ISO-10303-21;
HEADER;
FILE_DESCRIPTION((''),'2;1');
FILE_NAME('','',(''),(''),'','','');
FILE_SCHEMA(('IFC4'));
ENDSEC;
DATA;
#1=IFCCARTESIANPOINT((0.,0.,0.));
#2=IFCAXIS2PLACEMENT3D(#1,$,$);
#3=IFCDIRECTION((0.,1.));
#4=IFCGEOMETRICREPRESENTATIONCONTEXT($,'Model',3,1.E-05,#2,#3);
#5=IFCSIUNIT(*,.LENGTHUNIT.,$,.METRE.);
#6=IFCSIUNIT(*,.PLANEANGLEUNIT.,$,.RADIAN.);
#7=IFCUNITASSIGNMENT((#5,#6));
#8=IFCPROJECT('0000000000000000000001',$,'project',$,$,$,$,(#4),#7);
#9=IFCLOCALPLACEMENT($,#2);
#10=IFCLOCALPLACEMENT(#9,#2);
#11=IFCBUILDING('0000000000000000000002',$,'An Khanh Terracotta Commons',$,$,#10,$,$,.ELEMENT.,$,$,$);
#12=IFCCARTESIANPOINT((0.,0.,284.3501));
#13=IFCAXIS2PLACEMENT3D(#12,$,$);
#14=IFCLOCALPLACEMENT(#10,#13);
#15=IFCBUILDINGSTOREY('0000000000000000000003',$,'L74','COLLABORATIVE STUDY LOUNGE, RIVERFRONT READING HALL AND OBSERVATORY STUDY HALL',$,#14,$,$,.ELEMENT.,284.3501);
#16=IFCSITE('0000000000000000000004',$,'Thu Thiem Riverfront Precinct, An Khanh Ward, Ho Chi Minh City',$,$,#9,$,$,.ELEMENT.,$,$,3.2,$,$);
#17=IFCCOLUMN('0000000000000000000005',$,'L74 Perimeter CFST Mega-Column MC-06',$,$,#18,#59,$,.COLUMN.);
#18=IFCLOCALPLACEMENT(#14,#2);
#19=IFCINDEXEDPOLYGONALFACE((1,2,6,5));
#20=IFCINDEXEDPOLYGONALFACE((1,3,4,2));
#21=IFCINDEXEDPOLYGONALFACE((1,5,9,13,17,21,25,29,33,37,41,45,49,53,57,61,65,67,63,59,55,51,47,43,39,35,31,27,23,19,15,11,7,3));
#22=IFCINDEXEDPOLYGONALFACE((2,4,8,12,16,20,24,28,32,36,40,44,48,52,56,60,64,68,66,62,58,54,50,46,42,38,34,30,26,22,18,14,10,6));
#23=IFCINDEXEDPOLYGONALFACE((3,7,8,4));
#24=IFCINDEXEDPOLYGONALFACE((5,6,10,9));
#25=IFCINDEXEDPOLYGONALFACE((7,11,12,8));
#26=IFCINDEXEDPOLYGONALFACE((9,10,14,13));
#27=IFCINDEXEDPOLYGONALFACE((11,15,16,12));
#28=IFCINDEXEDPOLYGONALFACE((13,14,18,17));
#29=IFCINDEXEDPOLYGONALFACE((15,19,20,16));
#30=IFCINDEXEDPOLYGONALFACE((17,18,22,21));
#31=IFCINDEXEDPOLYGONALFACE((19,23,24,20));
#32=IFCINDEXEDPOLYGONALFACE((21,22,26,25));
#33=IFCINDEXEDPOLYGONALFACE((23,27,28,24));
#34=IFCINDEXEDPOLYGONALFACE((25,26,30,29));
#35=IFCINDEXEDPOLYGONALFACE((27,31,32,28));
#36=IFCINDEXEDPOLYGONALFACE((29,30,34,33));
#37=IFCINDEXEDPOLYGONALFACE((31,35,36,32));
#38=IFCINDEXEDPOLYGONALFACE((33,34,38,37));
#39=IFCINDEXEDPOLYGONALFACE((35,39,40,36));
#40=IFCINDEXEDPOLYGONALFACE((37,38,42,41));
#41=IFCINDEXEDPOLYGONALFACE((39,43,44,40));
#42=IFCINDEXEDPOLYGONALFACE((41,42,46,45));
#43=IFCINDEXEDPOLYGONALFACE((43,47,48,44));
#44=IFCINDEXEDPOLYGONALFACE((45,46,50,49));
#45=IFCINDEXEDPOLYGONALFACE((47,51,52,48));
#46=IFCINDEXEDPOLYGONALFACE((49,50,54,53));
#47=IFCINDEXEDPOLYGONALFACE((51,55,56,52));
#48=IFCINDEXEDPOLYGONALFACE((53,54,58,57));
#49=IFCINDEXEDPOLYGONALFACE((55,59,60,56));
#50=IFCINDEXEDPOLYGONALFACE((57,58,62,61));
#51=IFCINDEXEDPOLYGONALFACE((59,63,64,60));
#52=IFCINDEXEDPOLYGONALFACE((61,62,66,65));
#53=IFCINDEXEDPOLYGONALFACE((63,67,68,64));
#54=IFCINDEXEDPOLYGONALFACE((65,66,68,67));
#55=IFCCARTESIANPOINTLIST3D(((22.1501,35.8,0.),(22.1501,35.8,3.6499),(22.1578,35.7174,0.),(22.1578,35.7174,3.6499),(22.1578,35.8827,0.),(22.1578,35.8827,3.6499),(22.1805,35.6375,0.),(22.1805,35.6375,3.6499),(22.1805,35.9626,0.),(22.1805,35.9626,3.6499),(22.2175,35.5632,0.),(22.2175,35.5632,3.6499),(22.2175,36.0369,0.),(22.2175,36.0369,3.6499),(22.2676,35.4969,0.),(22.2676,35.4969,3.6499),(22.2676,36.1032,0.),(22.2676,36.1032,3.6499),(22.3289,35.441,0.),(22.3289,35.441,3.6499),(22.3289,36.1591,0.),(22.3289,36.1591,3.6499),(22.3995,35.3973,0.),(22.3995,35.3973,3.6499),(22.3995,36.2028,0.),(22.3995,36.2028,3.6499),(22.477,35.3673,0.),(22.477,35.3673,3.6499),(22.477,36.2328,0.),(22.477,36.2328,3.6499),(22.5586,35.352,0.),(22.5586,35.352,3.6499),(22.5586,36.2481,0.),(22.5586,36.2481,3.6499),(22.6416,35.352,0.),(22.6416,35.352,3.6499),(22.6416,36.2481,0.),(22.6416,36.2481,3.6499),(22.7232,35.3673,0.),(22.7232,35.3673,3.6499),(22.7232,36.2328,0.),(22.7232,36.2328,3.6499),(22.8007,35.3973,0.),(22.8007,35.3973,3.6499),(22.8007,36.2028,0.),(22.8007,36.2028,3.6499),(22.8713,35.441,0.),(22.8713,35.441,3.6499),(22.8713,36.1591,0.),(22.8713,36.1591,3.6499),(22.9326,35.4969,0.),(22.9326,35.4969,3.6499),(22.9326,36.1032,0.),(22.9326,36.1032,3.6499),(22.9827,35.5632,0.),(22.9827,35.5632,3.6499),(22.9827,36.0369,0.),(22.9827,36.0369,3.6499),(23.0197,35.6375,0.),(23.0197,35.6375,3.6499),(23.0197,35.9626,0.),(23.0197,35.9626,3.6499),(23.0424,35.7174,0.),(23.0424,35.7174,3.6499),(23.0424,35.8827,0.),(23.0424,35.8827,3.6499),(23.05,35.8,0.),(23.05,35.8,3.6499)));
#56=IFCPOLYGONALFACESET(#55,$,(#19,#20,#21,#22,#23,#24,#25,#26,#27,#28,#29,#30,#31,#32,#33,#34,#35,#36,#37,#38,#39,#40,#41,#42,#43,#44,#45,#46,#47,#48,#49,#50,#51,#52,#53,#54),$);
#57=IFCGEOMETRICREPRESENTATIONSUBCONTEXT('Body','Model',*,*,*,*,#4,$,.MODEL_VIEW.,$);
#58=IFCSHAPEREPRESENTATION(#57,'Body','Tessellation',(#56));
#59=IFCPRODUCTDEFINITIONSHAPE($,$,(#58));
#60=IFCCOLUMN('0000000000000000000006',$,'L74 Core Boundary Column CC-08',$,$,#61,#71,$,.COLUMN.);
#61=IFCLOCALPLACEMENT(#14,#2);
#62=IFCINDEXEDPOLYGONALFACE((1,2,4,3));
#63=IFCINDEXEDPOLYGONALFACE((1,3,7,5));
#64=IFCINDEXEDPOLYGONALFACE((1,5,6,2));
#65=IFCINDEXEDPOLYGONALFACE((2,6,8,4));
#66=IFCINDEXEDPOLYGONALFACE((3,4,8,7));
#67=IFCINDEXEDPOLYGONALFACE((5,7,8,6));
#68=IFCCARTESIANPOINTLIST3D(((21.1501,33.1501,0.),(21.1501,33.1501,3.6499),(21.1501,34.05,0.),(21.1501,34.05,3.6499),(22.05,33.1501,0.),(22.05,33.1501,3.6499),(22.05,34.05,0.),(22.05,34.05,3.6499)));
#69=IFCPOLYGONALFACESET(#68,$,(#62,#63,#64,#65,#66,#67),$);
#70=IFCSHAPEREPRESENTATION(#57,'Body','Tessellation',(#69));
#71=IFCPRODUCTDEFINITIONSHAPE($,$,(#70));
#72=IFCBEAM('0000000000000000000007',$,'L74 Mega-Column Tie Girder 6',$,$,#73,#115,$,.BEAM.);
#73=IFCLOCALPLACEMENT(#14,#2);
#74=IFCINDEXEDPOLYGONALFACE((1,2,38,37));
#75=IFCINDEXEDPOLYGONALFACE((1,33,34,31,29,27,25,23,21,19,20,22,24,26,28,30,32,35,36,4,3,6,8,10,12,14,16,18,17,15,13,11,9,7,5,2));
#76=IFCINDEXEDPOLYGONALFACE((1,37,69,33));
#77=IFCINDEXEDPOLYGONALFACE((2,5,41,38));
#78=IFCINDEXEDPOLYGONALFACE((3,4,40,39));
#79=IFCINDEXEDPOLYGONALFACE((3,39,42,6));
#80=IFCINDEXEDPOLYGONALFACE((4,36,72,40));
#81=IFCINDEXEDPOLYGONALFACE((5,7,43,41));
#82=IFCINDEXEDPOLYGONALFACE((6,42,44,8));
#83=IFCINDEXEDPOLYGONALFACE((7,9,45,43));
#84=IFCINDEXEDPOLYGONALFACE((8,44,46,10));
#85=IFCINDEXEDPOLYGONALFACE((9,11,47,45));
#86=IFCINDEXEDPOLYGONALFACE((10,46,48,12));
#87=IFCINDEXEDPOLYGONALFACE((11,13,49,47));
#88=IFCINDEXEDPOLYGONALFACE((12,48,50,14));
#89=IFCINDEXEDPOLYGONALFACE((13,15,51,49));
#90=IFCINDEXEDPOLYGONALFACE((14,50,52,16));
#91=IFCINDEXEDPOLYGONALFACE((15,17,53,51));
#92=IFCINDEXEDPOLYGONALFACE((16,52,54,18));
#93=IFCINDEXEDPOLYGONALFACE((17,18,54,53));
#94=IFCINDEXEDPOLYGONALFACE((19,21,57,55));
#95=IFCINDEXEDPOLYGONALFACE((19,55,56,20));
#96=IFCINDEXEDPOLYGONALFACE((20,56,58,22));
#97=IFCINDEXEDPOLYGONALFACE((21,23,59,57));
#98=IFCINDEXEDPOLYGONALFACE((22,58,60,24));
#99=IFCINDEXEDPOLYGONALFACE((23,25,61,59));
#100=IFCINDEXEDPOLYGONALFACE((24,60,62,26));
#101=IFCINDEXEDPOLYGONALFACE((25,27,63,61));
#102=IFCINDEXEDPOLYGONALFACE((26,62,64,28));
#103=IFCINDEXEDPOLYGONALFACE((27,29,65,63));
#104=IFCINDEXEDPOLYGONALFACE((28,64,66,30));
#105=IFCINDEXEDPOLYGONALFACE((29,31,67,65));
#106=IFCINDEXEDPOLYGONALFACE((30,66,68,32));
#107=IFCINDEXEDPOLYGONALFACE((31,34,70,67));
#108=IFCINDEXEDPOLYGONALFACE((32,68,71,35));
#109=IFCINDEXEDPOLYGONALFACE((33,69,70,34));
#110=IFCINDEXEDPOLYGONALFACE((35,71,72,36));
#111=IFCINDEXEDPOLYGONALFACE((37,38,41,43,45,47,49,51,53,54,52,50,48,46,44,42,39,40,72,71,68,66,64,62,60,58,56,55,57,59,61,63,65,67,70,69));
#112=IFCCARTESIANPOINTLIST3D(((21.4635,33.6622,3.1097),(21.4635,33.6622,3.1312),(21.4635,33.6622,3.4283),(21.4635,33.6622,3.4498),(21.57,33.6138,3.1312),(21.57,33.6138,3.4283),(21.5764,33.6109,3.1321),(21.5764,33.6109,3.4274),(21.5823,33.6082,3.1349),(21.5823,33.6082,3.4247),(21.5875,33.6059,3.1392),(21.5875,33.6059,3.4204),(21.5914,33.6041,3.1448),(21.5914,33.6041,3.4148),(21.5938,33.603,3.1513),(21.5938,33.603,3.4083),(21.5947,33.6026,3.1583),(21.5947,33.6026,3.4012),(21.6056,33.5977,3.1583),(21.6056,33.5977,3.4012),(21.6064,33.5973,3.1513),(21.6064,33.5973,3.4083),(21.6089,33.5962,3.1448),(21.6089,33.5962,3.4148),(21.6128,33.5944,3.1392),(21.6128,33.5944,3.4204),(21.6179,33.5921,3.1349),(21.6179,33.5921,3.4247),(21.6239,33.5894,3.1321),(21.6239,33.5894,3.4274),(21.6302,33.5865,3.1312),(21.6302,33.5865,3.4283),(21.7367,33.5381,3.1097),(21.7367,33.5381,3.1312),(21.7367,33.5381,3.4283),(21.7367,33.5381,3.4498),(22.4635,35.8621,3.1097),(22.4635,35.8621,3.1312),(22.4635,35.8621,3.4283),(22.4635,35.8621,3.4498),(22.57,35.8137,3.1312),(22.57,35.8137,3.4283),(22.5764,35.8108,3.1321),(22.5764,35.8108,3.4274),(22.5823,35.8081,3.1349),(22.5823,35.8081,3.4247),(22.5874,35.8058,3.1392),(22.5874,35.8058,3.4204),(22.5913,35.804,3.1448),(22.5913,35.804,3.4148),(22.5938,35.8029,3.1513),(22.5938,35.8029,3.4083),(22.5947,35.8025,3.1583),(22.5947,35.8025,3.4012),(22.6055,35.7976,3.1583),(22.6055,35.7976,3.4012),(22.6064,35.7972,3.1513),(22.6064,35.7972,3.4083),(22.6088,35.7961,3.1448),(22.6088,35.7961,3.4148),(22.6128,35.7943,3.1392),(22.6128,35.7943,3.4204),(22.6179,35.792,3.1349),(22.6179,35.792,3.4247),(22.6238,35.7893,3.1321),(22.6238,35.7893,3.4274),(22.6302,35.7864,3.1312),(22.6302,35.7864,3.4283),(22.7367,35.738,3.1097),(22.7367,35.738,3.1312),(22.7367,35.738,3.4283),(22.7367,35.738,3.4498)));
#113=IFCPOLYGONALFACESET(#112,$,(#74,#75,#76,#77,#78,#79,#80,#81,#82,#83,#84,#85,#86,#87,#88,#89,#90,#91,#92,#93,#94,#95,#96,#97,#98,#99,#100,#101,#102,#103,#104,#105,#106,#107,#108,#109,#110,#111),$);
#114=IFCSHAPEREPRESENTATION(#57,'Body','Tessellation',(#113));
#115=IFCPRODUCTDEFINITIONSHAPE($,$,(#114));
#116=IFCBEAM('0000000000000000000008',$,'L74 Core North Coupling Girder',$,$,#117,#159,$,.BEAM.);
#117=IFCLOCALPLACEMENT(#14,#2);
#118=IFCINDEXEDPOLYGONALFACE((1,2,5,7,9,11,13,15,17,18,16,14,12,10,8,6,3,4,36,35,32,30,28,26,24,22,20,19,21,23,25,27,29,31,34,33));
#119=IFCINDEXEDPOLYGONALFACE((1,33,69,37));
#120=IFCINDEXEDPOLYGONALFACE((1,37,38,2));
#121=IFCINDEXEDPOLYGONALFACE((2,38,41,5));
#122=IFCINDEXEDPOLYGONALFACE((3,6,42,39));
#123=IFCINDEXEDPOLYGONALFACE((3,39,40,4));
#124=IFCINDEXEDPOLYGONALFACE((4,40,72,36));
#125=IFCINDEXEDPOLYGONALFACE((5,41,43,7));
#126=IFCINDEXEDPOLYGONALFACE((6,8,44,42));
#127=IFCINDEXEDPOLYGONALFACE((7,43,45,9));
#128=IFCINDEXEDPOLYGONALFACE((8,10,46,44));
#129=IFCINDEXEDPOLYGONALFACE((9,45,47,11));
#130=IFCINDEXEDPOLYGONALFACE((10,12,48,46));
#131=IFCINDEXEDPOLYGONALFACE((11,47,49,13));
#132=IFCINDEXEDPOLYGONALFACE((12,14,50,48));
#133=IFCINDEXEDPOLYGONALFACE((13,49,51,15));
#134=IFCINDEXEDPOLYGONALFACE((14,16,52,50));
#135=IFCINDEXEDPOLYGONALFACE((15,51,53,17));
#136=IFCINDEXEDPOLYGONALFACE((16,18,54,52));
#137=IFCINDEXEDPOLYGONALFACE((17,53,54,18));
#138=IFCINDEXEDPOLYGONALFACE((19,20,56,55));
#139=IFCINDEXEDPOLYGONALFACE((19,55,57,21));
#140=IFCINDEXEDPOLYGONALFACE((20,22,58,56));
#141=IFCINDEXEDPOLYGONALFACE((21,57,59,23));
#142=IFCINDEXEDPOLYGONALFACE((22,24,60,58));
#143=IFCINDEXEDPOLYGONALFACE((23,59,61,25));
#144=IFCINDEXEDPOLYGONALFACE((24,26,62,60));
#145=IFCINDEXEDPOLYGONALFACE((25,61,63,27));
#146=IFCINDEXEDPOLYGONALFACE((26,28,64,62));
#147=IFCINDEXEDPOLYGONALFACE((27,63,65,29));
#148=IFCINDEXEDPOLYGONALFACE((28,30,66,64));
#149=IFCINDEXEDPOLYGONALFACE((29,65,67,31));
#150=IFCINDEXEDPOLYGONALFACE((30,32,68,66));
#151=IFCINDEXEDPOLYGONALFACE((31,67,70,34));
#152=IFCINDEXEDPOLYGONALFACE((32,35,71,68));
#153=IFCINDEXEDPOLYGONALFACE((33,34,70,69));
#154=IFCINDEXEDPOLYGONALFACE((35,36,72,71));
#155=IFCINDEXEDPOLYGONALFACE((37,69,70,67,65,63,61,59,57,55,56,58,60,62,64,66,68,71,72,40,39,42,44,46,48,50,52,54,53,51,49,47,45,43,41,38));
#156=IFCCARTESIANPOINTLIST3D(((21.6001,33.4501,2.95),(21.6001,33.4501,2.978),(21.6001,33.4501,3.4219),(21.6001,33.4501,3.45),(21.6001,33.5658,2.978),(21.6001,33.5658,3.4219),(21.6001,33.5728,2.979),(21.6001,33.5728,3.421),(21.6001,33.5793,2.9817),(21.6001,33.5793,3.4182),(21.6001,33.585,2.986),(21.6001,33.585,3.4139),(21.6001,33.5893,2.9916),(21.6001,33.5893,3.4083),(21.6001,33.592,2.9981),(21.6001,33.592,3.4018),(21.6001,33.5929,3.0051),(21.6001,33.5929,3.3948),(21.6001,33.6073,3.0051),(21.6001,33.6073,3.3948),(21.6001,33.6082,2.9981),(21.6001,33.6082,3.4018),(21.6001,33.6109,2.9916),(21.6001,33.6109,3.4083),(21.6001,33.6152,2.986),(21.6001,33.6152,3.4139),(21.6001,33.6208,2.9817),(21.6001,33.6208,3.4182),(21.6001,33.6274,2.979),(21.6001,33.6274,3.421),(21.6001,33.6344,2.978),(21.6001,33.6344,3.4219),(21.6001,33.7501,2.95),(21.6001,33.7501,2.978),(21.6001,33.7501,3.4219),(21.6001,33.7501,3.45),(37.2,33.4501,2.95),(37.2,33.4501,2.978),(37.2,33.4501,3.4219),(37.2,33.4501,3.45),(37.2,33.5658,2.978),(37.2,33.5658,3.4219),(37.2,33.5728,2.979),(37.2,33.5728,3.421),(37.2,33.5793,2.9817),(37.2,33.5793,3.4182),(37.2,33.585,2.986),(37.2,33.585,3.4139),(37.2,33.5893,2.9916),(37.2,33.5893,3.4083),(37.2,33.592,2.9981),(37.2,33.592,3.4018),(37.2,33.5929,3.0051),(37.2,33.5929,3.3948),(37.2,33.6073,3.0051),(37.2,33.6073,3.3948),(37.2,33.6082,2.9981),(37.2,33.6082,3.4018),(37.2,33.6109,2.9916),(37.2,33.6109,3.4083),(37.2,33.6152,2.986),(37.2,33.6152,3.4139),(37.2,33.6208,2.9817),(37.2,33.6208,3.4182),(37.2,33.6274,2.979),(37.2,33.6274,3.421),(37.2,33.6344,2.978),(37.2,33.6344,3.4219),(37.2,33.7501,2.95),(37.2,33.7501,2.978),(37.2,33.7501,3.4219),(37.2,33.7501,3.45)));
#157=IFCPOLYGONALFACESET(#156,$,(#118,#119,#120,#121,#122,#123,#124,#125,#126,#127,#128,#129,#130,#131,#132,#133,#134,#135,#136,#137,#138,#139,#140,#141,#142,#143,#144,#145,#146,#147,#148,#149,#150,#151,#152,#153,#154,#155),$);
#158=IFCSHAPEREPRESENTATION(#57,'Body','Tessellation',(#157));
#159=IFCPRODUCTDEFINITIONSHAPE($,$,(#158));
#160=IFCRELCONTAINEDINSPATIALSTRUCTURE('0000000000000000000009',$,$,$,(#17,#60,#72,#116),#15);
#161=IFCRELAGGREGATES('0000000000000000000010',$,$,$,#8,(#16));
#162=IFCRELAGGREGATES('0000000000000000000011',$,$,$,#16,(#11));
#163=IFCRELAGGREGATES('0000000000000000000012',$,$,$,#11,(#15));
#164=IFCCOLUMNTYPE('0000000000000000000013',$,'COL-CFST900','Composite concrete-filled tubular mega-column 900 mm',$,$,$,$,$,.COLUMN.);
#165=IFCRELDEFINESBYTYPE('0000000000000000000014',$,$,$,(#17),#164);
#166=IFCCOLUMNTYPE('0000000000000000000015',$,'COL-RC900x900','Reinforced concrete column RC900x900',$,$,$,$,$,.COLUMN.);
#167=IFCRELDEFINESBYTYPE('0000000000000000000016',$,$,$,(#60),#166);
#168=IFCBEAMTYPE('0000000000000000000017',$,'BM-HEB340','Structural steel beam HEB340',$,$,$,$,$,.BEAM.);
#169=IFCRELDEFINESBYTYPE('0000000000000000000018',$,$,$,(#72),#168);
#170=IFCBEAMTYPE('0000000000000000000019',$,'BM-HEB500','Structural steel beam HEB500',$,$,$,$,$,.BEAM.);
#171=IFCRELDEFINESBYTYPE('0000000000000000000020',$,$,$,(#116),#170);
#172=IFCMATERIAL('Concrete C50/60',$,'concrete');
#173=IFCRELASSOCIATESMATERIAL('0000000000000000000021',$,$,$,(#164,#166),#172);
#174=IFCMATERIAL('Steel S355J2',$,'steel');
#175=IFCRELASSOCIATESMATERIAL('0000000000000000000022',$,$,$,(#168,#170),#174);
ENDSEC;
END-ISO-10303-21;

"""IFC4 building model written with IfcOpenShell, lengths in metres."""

from ifc_helpers import new_model, si_unit, direction, frame, origin, origin_2d, place, context, subcontext, project, spatial, rectangle, circle, i_section, extrude, material, material_profile, profile_set, type_object, element, save


model = new_model("IFC4")

# Units and contexts
model_context = context("Model", 3, precision=1e-05, world=origin(), true_north=direction((0.0, 1.0)))
body_context = subcontext(model_context, "Body", "Model", "MODEL_VIEW")
ifc_project = project(units=[si_unit("LENGTHUNIT", "METRE"), si_unit("PLANEANGLEUNIT", "RADIAN")], contexts=[model_context])

# Site, building, storey
site_placement = place(None, origin())
site = spatial("IfcSite", under=ifc_project, at=site_placement, Name="Thu Thiem Riverfront Precinct, An Khanh Ward, Ho Chi Minh City", CompositionType="ELEMENT", RefElevation=3.2)
building_placement = place(site_placement, origin())
building = spatial("IfcBuilding", under=site, at=building_placement, Name="An Khanh Terracotta Commons", CompositionType="ELEMENT")
storey_placement = place(building_placement, frame((0.0, 0.0, 284.3501)))
storey = spatial("IfcBuildingStorey", under=building, at=storey_placement, Name="L74", Description="COLLABORATIVE STUDY LOUNGE, RIVERFRONT READING HALL AND OBSERVATORY STUDY HALL", CompositionType="ELEMENT", Elevation=284.3501)

# Columns
ifc_material_1 = material(Name="Concrete C50/60", Category="concrete")
ifc_material_profile_1 = material_profile(ifc_material_1, circle(Radius=0.45, at=origin_2d()), Name="CFST900")
ifc_profile_set_1 = profile_set([ifc_material_profile_1], Name="Concrete C50/60")
column_type_1 = type_object("IfcColumnType", Name="COL-CFST900", Description="Composite concrete-filled tubular mega-column 900 mm", PredefinedType="COLUMN", material=ifc_profile_set_1)
column_1_placement = place(storey_placement, frame((22.6001, 35.8, 0.0), z_axis=(0.0, 0.0, 1.0), x_axis=(1.0, 0.0, 0.0)))
element("IfcColumn", 1, at=column_1_placement, inside=storey, type_object=column_type_1, Name="L74 Perimeter CFST Mega-Column MC-06", PredefinedType="COLUMN", context=body_context, shape_type="SweptSolid", body=[
    extrude(circle(Radius=0.45, at=origin_2d()), origin(), (0.0, 0.0, 1.0), 3.6499),
])
ifc_material_profile_2 = material_profile(ifc_material_1, rectangle(XDim=0.8999, YDim=0.8999, at=origin_2d()), Name="RC900x900")
ifc_profile_set_2 = profile_set([ifc_material_profile_2], Name="Concrete C50/60")
column_type_2 = type_object("IfcColumnType", Name="COL-RC900x900", Description="Reinforced concrete column RC900x900", PredefinedType="COLUMN", material=ifc_profile_set_2)
column_2_placement = place(storey_placement, frame((21.6001, 33.6001, 0.0), z_axis=(0.0, 0.0, 1.0), x_axis=(1.0, 0.0, 0.0)))
element("IfcColumn", 2, at=column_2_placement, inside=storey, type_object=column_type_2, Name="L74 Core Boundary Column CC-08", PredefinedType="COLUMN", context=body_context, shape_type="SweptSolid", body=[
    extrude(rectangle(XDim=0.8999, YDim=0.8999, at=origin_2d()), origin(), (0.0, 0.0, 1.0), 3.6499),
])

# Beams
ifc_material_2 = material(Name="Steel S355J2", Category="steel")
ifc_material_profile_3 = material_profile(ifc_material_2, i_section(OverallWidth=0.3, OverallDepth=0.3401, WebThickness=0.012, FlangeThickness=0.0215, FilletRadius=0.0271, at=origin_2d()), Name="HEB340")
ifc_profile_set_3 = profile_set([ifc_material_profile_3], Name="Steel S355J2")
beam_type_1 = type_object("IfcBeamType", Name="BM-HEB340", Description="Structural steel beam HEB340", PredefinedType="BEAM", material=ifc_profile_set_3)
beam_1_placement = place(storey_placement, frame((22.6001, 35.8, 3.2798), z_axis=(-0.413811, -0.910363, 0.0), x_axis=(0.910363, -0.413811, 0.0)))
element("IfcBeam", 3, at=beam_1_placement, inside=storey, type_object=beam_type_1, Name="L74 Mega-Column Tie Girder 6", PredefinedType="BEAM", context=body_context, shape_type="SweptSolid", body=[
    extrude(i_section(OverallWidth=0.3, OverallDepth=0.3401, WebThickness=0.012, FlangeThickness=0.0215, FilletRadius=0.0271, at=origin_2d()), origin(), (0.0, 0.0, 1.0), 2.4165),
])
ifc_material_profile_4 = material_profile(ifc_material_2, i_section(OverallWidth=0.3, OverallDepth=0.5, WebThickness=0.0144, FlangeThickness=0.0281, FilletRadius=0.0271, at=origin_2d()), Name="HEB500")
ifc_profile_set_4 = profile_set([ifc_material_profile_4], Name="Steel S355J2")
beam_type_2 = type_object("IfcBeamType", Name="BM-HEB500", Description="Structural steel beam HEB500", PredefinedType="BEAM", material=ifc_profile_set_4)
beam_2_placement = place(storey_placement, frame((21.6001, 33.6001, 3.2), z_axis=(1.0, 0.0, 0.0), x_axis=(0.0, 1.0, 0.0)))
element("IfcBeam", 4, at=beam_2_placement, inside=storey, type_object=beam_type_2, Name="L74 Core North Coupling Girder", PredefinedType="BEAM", context=body_context, shape_type="SweptSolid", body=[
    extrude(i_section(OverallWidth=0.3, OverallDepth=0.5, WebThickness=0.0144, FlangeThickness=0.0281, FilletRadius=0.0271, at=origin_2d()), origin(), (0.0, 0.0, 1.0), 15.5999),
])

save(model, "model.ifc")
